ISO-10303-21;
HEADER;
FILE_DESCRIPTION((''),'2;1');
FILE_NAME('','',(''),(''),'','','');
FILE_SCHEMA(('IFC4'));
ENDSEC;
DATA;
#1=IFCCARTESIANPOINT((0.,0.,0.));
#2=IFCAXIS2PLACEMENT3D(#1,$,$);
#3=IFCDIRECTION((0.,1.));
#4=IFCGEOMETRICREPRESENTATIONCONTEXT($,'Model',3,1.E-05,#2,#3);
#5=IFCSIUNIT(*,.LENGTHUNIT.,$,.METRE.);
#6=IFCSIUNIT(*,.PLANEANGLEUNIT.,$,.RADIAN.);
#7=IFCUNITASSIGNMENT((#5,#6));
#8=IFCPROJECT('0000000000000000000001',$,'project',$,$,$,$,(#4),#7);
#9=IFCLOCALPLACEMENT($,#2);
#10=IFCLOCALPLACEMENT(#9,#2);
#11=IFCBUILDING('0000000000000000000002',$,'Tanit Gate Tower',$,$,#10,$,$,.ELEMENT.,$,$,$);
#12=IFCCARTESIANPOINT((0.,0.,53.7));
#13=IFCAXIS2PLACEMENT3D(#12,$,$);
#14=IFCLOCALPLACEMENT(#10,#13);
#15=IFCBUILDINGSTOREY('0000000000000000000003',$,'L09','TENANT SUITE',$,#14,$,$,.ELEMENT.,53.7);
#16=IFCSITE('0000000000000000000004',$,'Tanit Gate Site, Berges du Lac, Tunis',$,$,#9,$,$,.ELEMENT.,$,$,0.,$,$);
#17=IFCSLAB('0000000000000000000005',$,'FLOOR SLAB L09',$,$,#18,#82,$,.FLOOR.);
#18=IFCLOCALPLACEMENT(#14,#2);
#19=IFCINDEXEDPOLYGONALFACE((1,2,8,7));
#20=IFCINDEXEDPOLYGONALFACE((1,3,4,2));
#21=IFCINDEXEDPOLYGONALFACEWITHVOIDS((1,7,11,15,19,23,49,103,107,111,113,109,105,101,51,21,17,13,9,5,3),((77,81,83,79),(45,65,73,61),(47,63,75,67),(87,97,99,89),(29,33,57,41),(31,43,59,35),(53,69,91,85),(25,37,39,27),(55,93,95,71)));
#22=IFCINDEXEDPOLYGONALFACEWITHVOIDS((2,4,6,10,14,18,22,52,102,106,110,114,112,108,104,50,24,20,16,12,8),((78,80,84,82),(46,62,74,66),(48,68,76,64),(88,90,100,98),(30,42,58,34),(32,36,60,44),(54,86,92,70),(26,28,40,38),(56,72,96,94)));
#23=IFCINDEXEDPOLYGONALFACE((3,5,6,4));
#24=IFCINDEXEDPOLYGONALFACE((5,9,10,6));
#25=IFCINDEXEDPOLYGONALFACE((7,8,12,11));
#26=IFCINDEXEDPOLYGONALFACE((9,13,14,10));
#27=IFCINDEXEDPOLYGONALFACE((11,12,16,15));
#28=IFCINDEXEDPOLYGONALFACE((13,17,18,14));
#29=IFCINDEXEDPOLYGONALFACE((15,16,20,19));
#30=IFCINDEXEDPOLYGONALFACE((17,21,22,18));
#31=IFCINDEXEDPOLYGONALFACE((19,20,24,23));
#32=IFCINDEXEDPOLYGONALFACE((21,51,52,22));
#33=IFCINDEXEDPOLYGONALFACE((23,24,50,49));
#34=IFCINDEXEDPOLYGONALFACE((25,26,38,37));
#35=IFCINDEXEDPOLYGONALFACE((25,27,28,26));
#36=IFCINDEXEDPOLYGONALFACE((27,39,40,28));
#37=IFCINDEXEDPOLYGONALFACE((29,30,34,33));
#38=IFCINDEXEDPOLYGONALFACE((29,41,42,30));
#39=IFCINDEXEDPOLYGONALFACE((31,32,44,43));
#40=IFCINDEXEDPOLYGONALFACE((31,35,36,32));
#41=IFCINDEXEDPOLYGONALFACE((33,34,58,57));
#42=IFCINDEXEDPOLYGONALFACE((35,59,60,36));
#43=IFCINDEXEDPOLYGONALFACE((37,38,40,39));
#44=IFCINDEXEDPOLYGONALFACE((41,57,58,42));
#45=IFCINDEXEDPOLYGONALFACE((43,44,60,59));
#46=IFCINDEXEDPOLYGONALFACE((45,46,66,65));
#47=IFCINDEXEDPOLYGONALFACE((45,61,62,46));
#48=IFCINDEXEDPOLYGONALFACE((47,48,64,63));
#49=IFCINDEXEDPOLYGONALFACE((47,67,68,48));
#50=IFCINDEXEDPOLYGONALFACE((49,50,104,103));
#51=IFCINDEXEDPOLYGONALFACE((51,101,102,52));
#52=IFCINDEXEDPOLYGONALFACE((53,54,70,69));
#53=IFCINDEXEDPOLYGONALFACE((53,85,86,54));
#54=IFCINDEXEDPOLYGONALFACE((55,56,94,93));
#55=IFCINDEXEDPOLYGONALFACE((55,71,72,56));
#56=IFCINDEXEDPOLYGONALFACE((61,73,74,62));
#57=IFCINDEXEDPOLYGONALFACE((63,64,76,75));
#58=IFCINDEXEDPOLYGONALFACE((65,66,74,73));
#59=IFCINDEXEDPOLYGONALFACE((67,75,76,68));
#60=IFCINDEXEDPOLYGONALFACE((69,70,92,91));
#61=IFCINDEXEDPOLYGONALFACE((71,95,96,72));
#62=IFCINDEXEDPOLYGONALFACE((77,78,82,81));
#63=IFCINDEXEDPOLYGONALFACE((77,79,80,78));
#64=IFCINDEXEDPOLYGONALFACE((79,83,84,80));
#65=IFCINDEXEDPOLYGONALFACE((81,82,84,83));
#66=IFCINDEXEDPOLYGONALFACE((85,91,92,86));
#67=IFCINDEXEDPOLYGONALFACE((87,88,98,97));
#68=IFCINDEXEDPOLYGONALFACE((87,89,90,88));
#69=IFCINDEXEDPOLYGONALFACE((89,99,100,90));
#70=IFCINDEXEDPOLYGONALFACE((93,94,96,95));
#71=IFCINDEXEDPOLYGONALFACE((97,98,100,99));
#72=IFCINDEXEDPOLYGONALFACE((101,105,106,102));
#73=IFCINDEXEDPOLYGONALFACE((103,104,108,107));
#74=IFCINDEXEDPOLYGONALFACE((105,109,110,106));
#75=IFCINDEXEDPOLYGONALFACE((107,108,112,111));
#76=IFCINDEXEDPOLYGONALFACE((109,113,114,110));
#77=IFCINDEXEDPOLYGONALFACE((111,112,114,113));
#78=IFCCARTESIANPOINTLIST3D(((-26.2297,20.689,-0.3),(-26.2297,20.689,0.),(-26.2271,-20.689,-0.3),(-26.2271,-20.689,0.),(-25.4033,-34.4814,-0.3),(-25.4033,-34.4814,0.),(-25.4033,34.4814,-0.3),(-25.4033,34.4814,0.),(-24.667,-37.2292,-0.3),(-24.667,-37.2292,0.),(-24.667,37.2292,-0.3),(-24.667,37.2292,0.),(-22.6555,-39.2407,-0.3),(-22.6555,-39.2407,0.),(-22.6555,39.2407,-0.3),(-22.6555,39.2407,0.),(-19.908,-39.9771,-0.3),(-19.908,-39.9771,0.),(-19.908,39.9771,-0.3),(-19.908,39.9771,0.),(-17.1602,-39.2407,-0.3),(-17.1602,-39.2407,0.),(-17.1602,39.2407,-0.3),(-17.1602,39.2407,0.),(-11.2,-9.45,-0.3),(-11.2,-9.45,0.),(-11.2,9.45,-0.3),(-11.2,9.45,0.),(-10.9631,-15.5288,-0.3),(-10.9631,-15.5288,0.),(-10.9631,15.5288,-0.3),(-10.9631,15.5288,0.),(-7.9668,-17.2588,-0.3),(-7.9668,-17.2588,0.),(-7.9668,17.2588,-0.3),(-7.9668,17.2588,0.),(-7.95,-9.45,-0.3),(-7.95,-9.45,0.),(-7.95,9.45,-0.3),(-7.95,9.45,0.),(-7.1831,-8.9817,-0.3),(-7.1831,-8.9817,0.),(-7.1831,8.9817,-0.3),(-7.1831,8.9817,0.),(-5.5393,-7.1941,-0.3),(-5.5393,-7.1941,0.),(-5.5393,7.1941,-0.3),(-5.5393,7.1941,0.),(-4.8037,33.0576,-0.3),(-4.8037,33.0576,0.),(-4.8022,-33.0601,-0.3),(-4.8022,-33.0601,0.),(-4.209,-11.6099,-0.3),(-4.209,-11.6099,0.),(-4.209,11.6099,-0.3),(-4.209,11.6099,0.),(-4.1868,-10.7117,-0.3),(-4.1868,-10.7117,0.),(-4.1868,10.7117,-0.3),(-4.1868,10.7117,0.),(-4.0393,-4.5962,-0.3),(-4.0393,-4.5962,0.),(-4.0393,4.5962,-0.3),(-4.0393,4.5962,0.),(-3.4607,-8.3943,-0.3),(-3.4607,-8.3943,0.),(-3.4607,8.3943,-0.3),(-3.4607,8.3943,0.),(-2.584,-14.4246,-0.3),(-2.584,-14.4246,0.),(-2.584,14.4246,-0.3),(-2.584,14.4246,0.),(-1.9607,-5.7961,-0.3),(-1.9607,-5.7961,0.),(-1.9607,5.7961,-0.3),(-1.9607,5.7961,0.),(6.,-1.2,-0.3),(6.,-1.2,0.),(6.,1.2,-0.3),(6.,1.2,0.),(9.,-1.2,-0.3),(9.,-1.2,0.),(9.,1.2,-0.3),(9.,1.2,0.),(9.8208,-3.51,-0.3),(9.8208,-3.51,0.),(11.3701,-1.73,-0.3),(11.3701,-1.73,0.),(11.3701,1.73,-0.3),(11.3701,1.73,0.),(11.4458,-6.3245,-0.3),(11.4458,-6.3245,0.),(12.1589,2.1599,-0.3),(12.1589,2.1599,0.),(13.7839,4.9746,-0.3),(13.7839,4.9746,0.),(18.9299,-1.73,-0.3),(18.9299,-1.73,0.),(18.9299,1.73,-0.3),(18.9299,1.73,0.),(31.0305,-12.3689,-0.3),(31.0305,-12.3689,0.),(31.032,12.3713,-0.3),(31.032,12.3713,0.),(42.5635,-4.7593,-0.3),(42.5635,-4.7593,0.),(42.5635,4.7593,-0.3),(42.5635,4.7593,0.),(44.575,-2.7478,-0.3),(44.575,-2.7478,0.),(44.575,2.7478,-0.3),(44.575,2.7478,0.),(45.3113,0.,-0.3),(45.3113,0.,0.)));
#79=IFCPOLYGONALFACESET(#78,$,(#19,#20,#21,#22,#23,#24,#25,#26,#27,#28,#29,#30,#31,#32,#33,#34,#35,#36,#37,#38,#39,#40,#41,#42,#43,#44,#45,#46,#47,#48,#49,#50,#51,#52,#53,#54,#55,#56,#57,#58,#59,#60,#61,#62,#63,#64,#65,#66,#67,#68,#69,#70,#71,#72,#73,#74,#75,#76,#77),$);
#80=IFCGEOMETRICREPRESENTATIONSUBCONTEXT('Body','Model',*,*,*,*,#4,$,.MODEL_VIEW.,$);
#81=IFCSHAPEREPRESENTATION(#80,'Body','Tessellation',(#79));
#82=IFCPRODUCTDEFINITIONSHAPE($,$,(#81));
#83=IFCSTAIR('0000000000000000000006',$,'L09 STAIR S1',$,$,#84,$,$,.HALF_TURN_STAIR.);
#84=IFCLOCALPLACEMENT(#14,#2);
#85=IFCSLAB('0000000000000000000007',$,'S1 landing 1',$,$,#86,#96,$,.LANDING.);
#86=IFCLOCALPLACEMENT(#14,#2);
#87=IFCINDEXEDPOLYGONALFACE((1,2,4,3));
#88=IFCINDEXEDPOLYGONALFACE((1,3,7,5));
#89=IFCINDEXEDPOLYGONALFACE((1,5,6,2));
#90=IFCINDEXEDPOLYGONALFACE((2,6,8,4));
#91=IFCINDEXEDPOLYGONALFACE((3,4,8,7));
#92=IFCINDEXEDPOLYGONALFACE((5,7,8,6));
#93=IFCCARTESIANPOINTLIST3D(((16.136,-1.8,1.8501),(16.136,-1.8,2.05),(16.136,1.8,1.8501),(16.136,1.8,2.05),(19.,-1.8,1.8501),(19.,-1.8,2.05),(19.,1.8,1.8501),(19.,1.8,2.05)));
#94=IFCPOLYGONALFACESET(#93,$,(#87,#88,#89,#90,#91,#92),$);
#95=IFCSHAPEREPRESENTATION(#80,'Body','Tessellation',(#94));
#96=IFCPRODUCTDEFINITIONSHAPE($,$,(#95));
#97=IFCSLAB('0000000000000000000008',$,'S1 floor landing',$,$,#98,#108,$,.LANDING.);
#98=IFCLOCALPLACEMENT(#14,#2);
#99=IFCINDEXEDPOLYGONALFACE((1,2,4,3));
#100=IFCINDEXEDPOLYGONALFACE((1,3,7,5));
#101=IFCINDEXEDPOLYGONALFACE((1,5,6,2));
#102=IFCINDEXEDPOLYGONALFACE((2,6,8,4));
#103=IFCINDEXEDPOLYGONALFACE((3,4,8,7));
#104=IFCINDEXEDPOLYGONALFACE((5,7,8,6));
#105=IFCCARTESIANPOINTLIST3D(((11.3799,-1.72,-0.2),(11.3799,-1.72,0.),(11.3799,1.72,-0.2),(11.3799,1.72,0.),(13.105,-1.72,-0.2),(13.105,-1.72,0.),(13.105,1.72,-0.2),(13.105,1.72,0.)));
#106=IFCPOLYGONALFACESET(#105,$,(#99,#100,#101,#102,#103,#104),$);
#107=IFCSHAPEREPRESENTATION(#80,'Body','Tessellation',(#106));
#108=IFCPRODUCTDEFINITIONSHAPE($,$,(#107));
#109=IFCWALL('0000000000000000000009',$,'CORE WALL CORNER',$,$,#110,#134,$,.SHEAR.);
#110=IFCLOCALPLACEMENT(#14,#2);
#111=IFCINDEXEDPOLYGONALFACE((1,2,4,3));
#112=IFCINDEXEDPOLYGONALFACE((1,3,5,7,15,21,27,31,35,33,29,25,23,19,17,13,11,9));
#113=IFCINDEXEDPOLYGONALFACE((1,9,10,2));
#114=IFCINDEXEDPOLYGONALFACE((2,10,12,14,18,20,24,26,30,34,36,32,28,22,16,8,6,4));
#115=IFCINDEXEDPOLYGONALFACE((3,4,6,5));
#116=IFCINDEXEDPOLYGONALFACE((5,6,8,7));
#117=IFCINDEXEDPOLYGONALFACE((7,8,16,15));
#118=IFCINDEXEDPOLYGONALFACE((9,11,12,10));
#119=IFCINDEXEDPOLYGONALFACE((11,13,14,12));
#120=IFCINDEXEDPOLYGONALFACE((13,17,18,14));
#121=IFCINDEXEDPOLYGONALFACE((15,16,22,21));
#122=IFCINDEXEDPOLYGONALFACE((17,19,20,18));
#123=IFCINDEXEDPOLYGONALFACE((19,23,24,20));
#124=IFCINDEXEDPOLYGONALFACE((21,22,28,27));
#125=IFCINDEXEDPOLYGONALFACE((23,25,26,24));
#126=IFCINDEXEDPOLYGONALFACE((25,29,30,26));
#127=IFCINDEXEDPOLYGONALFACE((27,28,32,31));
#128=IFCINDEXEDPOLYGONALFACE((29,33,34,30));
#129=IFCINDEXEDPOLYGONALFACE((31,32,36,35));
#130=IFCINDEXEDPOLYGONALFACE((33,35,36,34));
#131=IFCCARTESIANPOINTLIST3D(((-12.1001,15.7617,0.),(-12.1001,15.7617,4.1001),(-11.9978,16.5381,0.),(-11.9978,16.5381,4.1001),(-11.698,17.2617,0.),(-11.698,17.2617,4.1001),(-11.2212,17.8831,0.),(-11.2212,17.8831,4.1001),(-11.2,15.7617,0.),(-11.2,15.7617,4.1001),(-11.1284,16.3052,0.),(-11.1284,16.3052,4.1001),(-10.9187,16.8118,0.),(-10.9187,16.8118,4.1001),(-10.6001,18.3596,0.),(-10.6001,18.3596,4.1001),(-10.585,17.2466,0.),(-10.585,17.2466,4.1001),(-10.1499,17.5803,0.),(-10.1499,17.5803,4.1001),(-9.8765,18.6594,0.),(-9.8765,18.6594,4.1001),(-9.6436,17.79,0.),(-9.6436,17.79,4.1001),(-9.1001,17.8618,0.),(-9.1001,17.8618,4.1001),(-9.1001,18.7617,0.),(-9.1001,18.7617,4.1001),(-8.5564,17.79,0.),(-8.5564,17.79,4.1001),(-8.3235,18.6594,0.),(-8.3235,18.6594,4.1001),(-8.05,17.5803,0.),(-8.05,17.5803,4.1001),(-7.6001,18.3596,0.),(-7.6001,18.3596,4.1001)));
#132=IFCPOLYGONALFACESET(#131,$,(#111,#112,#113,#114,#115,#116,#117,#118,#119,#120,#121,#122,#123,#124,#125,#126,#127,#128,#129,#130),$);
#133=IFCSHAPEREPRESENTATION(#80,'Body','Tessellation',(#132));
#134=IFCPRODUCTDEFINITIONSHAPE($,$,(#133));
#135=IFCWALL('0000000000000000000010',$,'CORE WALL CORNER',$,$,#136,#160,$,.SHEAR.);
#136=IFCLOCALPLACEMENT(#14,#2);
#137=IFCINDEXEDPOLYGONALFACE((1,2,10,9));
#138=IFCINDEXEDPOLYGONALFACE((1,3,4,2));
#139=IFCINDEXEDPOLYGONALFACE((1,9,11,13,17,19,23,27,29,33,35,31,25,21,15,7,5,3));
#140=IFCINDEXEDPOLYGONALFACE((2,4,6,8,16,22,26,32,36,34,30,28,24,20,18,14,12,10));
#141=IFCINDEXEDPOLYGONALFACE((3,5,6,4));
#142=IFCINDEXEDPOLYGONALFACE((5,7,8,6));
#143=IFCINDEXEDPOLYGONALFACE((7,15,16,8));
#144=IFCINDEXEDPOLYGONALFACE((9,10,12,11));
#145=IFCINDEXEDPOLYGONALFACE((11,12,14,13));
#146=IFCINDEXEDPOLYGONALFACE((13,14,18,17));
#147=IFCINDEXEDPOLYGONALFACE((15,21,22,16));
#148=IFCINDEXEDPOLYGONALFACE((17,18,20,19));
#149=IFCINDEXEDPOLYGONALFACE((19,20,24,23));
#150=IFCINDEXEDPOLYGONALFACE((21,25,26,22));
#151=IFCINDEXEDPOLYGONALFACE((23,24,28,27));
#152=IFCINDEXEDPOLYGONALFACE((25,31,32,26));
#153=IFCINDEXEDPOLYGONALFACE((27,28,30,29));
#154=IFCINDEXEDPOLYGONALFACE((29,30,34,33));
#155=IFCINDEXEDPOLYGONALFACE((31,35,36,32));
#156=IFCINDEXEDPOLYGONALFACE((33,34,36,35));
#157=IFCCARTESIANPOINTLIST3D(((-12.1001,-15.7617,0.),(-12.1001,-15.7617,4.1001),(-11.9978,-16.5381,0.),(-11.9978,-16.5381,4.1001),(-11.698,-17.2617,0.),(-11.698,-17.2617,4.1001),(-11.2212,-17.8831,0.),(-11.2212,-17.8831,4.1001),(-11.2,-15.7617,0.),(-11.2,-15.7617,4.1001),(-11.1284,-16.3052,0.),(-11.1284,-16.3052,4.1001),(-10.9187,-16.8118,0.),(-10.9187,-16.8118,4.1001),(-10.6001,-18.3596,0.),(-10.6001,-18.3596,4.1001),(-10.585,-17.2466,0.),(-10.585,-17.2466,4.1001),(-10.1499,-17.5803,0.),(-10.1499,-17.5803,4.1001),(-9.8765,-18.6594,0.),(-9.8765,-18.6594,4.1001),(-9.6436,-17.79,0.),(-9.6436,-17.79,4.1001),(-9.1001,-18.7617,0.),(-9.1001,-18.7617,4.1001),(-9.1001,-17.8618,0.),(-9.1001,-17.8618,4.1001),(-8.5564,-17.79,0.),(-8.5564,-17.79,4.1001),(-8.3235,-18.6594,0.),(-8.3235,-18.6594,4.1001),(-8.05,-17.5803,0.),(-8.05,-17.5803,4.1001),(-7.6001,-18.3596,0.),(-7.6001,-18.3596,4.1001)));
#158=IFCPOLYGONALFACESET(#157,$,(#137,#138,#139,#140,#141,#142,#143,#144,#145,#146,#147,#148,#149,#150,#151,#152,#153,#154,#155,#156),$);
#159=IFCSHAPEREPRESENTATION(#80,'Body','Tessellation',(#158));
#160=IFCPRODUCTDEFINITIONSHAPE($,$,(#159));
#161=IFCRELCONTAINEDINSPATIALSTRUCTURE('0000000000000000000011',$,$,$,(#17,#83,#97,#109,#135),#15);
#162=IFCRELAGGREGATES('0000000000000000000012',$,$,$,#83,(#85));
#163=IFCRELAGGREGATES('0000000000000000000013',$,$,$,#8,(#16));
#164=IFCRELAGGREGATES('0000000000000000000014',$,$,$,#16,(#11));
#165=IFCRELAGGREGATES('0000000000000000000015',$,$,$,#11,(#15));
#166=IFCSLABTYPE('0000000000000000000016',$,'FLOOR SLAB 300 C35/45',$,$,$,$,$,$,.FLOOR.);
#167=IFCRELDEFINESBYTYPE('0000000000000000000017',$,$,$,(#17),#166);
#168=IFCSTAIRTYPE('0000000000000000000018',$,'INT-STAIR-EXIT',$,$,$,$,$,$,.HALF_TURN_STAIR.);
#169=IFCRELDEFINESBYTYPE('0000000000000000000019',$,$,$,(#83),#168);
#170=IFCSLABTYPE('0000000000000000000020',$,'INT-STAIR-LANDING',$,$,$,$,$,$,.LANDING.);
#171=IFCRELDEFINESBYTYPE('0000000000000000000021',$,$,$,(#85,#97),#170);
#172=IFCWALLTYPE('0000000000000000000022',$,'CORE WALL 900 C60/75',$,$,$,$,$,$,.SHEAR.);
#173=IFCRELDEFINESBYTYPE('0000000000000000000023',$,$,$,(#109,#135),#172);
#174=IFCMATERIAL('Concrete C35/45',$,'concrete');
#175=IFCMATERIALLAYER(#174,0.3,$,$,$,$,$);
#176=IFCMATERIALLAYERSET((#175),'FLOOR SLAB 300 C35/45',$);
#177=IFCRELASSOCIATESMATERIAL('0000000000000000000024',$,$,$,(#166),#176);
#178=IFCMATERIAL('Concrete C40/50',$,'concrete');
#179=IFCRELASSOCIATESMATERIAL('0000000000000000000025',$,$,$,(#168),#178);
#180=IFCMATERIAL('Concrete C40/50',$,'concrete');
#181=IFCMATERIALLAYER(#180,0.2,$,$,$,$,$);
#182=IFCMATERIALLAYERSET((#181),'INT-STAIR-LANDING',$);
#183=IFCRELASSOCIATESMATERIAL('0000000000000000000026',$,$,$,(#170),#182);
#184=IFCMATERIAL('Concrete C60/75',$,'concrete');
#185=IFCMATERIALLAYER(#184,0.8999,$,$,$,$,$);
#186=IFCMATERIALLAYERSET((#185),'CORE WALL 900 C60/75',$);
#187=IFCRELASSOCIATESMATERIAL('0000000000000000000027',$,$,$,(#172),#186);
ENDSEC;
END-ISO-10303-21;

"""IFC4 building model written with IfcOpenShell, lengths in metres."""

from ifc_helpers import new_model, si_unit, direction, frame, origin, place, context, subcontext, project, spatial, polyline, outline, extrude, material, layer, layer_set, type_object, element, aggregate, save


model = new_model("IFC4")

# Units and contexts
model_context = context("Model", 3, precision=1e-05, world=origin(), true_north=direction((0.0, 1.0)))
body_context = subcontext(model_context, "Body", "Model", "MODEL_VIEW")
ifc_project = project(units=[si_unit("LENGTHUNIT", "METRE"), si_unit("PLANEANGLEUNIT", "RADIAN")], contexts=[model_context])

# Site, building, storey
site_placement = place(None, origin())
site = spatial("IfcSite", under=ifc_project, at=site_placement, Name="Tanit Gate Site, Berges du Lac, Tunis", CompositionType="ELEMENT", RefElevation=0.0)
building_placement = place(site_placement, origin())
building = spatial("IfcBuilding", under=site, at=building_placement, Name="Tanit Gate Tower", CompositionType="ELEMENT")
storey_placement = place(building_placement, frame((0.0, 0.0, 53.7)))
storey = spatial("IfcBuildingStorey", under=building, at=storey_placement, Name="L09", Description="TENANT SUITE", CompositionType="ELEMENT", Elevation=53.7)

# Slab
ifc_material_1 = material(Name="Concrete C35/45", Category="concrete")
ifc_layer_1 = layer(ifc_material_1, 0.3)
ifc_layer_set_1 = layer_set([ifc_layer_1], Name="FLOOR SLAB 300 C35/45")
slab_type_1 = type_object("IfcSlabType", Name="FLOOR SLAB 300 C35/45", PredefinedType="FLOOR", material=ifc_layer_set_1)
slab_1_placement = place(storey_placement, frame((0.0, 0.0, -0.3)))
element("IfcSlab", 1, at=slab_1_placement, inside=storey, type_object=slab_type_1, Name="FLOOR SLAB L09", PredefinedType="FLOOR", context=body_context, shape_type="SweptSolid", body=[
    extrude(outline(polyline([(42.5635, 4.7593), (44.575, 2.7478), (45.3113, 0.0), (44.575, -2.7478), (42.5635, -4.7593), (31.0305, -12.3689), (-4.8022, -33.0601), (-17.1602, -39.2407), (-19.908, -39.9771), (-22.6555, -39.2407), (-24.667, -37.2292), (-25.4033, -34.4814), (-26.2271, -20.689), (-26.2297, 20.689), (-25.4033, 34.4814), (-24.667, 37.2292), (-22.6555, 39.2407), (-19.908, 39.9771), (-17.1602, 39.2407), (-4.8037, 33.0576), (31.032, 12.3713), (42.5635, 4.7593)]), holes=[polyline([(11.3701, 1.73), (18.9299, 1.73), (18.9299, -1.73), (11.3701, -1.73), (11.3701, 1.73)]), polyline([(-4.209, 11.6099), (-2.584, 14.4246), (13.7839, 4.9746), (12.1589, 2.1599), (-4.209, 11.6099)]), polyline([(-4.209, -11.6099), (9.8208, -3.51), (11.4458, -6.3245), (-2.584, -14.4246), (-4.209, -11.6099)]), polyline([(9.0, 1.2), (9.0, -1.2), (6.0, -1.2), (6.0, 1.2), (9.0, 1.2)]), polyline([(-5.5393, 7.1941), (-3.4607, 8.3943), (-1.9607, 5.7961), (-4.0393, 4.5962), (-5.5393, 7.1941)]), polyline([(-1.9607, -5.7961), (-3.4607, -8.3943), (-5.5393, -7.1941), (-4.0393, -4.5962), (-1.9607, -5.7961)]), polyline([(-10.9631, 15.5288), (-7.9668, 17.2588), (-4.1868, 10.7117), (-7.1831, 8.9817), (-10.9631, 15.5288)]), polyline([(-4.1868, -10.7117), (-7.9668, -17.2588), (-10.9631, -15.5288), (-7.1831, -8.9817), (-4.1868, -10.7117)]), polyline([(-11.2, -9.45), (-11.2, 9.45), (-7.95, 9.45), (-7.95, -9.45), (-11.2, -9.45)])]), origin(), (0.0, 0.0, 1.0), 0.3),
])

# Stair, slab
ifc_material_2 = material(Name="Concrete C40/50", Category="concrete")
stair_type = type_object("IfcStairType", Name="INT-STAIR-EXIT", PredefinedType="HALF_TURN_STAIR", material=ifc_material_2)
stair_placement = place(storey_placement, origin())
stair = element("IfcStair", 2, at=stair_placement, inside=storey, type_object=stair_type, Name="L09 STAIR S1", PredefinedType="HALF_TURN_STAIR")
ifc_material_3 = material(Name="Concrete C40/50", Category="concrete")
ifc_layer_2 = layer(ifc_material_3, 0.2)
ifc_layer_set_2 = layer_set([ifc_layer_2], Name="INT-STAIR-LANDING")
slab_type_2 = type_object("IfcSlabType", Name="INT-STAIR-LANDING", PredefinedType="LANDING", material=ifc_layer_set_2)
slab_2_placement = place(storey_placement, frame((0.0, 0.0, 1.8501)))
slab_2 = element("IfcSlab", 3, at=slab_2_placement, type_object=slab_type_2, Name="S1 landing 1", PredefinedType="LANDING", context=body_context, shape_type="SweptSolid", body=[
    extrude(outline(polyline([(16.136, -1.8), (19.0, -1.8), (19.0, 1.8), (16.136, 1.8), (16.136, -1.8)])), origin(), (0.0, 0.0, 1.0), 0.2),
])
aggregate(stair, [slab_2])

# Slab
slab_3_placement = place(storey_placement, frame((0.0, 0.0, -0.2)))
element("IfcSlab", 4, at=slab_3_placement, inside=storey, type_object=slab_type_2, Name="S1 floor landing", PredefinedType="LANDING", context=body_context, shape_type="SweptSolid", body=[
    extrude(outline(polyline([(11.3799, -1.72), (13.105, -1.72), (13.105, 1.72), (11.3799, 1.72), (11.3799, -1.72)])), origin(), (0.0, 0.0, 1.0), 0.2),
])

# Walls
ifc_material_4 = material(Name="Concrete C60/75", Category="concrete")
ifc_layer_3 = layer(ifc_material_4, 0.8999)
ifc_layer_set_3 = layer_set([ifc_layer_3], Name="CORE WALL 900 C60/75")
wall_type_1 = type_object("IfcWallType", Name="CORE WALL 900 C60/75", PredefinedType="SHEAR", material=ifc_layer_set_3)
wall_1_placement = place(storey_placement, origin())
element("IfcWall", 5, at=wall_1_placement, inside=storey, type_object=wall_type_1, Name="CORE WALL CORNER", PredefinedType="SHEAR", context=body_context, shape_type="SweptSolid", body=[
    extrude(outline(polyline([(-7.6001, 18.3596), (-8.3235, 18.6594), (-9.1001, 18.7617), (-9.8765, 18.6594), (-10.6001, 18.3596), (-11.2212, 17.8831), (-11.698, 17.2617), (-11.9978, 16.5381), (-12.1001, 15.7617), (-11.2, 15.7617), (-11.1284, 16.3052), (-10.9187, 16.8118), (-10.585, 17.2466), (-10.1499, 17.5803), (-9.6436, 17.79), (-9.1001, 17.8618), (-8.5564, 17.79), (-8.05, 17.5803), (-7.6001, 18.3596)])), origin(), (0.0, 0.0, 1.0), 4.1001),
])
wall_2_placement = place(storey_placement, origin())
element("IfcWall", 6, at=wall_2_placement, inside=storey, type_object=wall_type_1, Name="CORE WALL CORNER", PredefinedType="SHEAR", context=body_context, shape_type="SweptSolid", body=[
    extrude(outline(polyline([(-12.1001, -15.7617), (-11.9978, -16.5381), (-11.698, -17.2617), (-11.2212, -17.8831), (-10.6001, -18.3596), (-9.8765, -18.6594), (-9.1001, -18.7617), (-8.3235, -18.6594), (-7.6001, -18.3596), (-8.05, -17.5803), (-8.5564, -17.79), (-9.1001, -17.8618), (-9.6436, -17.79), (-10.1499, -17.5803), (-10.585, -17.2466), (-10.9187, -16.8118), (-11.1284, -16.3052), (-11.2, -15.7617), (-12.1001, -15.7617)])), origin(), (0.0, 0.0, 1.0), 4.1001),
])

save(model, "model.ifc")
